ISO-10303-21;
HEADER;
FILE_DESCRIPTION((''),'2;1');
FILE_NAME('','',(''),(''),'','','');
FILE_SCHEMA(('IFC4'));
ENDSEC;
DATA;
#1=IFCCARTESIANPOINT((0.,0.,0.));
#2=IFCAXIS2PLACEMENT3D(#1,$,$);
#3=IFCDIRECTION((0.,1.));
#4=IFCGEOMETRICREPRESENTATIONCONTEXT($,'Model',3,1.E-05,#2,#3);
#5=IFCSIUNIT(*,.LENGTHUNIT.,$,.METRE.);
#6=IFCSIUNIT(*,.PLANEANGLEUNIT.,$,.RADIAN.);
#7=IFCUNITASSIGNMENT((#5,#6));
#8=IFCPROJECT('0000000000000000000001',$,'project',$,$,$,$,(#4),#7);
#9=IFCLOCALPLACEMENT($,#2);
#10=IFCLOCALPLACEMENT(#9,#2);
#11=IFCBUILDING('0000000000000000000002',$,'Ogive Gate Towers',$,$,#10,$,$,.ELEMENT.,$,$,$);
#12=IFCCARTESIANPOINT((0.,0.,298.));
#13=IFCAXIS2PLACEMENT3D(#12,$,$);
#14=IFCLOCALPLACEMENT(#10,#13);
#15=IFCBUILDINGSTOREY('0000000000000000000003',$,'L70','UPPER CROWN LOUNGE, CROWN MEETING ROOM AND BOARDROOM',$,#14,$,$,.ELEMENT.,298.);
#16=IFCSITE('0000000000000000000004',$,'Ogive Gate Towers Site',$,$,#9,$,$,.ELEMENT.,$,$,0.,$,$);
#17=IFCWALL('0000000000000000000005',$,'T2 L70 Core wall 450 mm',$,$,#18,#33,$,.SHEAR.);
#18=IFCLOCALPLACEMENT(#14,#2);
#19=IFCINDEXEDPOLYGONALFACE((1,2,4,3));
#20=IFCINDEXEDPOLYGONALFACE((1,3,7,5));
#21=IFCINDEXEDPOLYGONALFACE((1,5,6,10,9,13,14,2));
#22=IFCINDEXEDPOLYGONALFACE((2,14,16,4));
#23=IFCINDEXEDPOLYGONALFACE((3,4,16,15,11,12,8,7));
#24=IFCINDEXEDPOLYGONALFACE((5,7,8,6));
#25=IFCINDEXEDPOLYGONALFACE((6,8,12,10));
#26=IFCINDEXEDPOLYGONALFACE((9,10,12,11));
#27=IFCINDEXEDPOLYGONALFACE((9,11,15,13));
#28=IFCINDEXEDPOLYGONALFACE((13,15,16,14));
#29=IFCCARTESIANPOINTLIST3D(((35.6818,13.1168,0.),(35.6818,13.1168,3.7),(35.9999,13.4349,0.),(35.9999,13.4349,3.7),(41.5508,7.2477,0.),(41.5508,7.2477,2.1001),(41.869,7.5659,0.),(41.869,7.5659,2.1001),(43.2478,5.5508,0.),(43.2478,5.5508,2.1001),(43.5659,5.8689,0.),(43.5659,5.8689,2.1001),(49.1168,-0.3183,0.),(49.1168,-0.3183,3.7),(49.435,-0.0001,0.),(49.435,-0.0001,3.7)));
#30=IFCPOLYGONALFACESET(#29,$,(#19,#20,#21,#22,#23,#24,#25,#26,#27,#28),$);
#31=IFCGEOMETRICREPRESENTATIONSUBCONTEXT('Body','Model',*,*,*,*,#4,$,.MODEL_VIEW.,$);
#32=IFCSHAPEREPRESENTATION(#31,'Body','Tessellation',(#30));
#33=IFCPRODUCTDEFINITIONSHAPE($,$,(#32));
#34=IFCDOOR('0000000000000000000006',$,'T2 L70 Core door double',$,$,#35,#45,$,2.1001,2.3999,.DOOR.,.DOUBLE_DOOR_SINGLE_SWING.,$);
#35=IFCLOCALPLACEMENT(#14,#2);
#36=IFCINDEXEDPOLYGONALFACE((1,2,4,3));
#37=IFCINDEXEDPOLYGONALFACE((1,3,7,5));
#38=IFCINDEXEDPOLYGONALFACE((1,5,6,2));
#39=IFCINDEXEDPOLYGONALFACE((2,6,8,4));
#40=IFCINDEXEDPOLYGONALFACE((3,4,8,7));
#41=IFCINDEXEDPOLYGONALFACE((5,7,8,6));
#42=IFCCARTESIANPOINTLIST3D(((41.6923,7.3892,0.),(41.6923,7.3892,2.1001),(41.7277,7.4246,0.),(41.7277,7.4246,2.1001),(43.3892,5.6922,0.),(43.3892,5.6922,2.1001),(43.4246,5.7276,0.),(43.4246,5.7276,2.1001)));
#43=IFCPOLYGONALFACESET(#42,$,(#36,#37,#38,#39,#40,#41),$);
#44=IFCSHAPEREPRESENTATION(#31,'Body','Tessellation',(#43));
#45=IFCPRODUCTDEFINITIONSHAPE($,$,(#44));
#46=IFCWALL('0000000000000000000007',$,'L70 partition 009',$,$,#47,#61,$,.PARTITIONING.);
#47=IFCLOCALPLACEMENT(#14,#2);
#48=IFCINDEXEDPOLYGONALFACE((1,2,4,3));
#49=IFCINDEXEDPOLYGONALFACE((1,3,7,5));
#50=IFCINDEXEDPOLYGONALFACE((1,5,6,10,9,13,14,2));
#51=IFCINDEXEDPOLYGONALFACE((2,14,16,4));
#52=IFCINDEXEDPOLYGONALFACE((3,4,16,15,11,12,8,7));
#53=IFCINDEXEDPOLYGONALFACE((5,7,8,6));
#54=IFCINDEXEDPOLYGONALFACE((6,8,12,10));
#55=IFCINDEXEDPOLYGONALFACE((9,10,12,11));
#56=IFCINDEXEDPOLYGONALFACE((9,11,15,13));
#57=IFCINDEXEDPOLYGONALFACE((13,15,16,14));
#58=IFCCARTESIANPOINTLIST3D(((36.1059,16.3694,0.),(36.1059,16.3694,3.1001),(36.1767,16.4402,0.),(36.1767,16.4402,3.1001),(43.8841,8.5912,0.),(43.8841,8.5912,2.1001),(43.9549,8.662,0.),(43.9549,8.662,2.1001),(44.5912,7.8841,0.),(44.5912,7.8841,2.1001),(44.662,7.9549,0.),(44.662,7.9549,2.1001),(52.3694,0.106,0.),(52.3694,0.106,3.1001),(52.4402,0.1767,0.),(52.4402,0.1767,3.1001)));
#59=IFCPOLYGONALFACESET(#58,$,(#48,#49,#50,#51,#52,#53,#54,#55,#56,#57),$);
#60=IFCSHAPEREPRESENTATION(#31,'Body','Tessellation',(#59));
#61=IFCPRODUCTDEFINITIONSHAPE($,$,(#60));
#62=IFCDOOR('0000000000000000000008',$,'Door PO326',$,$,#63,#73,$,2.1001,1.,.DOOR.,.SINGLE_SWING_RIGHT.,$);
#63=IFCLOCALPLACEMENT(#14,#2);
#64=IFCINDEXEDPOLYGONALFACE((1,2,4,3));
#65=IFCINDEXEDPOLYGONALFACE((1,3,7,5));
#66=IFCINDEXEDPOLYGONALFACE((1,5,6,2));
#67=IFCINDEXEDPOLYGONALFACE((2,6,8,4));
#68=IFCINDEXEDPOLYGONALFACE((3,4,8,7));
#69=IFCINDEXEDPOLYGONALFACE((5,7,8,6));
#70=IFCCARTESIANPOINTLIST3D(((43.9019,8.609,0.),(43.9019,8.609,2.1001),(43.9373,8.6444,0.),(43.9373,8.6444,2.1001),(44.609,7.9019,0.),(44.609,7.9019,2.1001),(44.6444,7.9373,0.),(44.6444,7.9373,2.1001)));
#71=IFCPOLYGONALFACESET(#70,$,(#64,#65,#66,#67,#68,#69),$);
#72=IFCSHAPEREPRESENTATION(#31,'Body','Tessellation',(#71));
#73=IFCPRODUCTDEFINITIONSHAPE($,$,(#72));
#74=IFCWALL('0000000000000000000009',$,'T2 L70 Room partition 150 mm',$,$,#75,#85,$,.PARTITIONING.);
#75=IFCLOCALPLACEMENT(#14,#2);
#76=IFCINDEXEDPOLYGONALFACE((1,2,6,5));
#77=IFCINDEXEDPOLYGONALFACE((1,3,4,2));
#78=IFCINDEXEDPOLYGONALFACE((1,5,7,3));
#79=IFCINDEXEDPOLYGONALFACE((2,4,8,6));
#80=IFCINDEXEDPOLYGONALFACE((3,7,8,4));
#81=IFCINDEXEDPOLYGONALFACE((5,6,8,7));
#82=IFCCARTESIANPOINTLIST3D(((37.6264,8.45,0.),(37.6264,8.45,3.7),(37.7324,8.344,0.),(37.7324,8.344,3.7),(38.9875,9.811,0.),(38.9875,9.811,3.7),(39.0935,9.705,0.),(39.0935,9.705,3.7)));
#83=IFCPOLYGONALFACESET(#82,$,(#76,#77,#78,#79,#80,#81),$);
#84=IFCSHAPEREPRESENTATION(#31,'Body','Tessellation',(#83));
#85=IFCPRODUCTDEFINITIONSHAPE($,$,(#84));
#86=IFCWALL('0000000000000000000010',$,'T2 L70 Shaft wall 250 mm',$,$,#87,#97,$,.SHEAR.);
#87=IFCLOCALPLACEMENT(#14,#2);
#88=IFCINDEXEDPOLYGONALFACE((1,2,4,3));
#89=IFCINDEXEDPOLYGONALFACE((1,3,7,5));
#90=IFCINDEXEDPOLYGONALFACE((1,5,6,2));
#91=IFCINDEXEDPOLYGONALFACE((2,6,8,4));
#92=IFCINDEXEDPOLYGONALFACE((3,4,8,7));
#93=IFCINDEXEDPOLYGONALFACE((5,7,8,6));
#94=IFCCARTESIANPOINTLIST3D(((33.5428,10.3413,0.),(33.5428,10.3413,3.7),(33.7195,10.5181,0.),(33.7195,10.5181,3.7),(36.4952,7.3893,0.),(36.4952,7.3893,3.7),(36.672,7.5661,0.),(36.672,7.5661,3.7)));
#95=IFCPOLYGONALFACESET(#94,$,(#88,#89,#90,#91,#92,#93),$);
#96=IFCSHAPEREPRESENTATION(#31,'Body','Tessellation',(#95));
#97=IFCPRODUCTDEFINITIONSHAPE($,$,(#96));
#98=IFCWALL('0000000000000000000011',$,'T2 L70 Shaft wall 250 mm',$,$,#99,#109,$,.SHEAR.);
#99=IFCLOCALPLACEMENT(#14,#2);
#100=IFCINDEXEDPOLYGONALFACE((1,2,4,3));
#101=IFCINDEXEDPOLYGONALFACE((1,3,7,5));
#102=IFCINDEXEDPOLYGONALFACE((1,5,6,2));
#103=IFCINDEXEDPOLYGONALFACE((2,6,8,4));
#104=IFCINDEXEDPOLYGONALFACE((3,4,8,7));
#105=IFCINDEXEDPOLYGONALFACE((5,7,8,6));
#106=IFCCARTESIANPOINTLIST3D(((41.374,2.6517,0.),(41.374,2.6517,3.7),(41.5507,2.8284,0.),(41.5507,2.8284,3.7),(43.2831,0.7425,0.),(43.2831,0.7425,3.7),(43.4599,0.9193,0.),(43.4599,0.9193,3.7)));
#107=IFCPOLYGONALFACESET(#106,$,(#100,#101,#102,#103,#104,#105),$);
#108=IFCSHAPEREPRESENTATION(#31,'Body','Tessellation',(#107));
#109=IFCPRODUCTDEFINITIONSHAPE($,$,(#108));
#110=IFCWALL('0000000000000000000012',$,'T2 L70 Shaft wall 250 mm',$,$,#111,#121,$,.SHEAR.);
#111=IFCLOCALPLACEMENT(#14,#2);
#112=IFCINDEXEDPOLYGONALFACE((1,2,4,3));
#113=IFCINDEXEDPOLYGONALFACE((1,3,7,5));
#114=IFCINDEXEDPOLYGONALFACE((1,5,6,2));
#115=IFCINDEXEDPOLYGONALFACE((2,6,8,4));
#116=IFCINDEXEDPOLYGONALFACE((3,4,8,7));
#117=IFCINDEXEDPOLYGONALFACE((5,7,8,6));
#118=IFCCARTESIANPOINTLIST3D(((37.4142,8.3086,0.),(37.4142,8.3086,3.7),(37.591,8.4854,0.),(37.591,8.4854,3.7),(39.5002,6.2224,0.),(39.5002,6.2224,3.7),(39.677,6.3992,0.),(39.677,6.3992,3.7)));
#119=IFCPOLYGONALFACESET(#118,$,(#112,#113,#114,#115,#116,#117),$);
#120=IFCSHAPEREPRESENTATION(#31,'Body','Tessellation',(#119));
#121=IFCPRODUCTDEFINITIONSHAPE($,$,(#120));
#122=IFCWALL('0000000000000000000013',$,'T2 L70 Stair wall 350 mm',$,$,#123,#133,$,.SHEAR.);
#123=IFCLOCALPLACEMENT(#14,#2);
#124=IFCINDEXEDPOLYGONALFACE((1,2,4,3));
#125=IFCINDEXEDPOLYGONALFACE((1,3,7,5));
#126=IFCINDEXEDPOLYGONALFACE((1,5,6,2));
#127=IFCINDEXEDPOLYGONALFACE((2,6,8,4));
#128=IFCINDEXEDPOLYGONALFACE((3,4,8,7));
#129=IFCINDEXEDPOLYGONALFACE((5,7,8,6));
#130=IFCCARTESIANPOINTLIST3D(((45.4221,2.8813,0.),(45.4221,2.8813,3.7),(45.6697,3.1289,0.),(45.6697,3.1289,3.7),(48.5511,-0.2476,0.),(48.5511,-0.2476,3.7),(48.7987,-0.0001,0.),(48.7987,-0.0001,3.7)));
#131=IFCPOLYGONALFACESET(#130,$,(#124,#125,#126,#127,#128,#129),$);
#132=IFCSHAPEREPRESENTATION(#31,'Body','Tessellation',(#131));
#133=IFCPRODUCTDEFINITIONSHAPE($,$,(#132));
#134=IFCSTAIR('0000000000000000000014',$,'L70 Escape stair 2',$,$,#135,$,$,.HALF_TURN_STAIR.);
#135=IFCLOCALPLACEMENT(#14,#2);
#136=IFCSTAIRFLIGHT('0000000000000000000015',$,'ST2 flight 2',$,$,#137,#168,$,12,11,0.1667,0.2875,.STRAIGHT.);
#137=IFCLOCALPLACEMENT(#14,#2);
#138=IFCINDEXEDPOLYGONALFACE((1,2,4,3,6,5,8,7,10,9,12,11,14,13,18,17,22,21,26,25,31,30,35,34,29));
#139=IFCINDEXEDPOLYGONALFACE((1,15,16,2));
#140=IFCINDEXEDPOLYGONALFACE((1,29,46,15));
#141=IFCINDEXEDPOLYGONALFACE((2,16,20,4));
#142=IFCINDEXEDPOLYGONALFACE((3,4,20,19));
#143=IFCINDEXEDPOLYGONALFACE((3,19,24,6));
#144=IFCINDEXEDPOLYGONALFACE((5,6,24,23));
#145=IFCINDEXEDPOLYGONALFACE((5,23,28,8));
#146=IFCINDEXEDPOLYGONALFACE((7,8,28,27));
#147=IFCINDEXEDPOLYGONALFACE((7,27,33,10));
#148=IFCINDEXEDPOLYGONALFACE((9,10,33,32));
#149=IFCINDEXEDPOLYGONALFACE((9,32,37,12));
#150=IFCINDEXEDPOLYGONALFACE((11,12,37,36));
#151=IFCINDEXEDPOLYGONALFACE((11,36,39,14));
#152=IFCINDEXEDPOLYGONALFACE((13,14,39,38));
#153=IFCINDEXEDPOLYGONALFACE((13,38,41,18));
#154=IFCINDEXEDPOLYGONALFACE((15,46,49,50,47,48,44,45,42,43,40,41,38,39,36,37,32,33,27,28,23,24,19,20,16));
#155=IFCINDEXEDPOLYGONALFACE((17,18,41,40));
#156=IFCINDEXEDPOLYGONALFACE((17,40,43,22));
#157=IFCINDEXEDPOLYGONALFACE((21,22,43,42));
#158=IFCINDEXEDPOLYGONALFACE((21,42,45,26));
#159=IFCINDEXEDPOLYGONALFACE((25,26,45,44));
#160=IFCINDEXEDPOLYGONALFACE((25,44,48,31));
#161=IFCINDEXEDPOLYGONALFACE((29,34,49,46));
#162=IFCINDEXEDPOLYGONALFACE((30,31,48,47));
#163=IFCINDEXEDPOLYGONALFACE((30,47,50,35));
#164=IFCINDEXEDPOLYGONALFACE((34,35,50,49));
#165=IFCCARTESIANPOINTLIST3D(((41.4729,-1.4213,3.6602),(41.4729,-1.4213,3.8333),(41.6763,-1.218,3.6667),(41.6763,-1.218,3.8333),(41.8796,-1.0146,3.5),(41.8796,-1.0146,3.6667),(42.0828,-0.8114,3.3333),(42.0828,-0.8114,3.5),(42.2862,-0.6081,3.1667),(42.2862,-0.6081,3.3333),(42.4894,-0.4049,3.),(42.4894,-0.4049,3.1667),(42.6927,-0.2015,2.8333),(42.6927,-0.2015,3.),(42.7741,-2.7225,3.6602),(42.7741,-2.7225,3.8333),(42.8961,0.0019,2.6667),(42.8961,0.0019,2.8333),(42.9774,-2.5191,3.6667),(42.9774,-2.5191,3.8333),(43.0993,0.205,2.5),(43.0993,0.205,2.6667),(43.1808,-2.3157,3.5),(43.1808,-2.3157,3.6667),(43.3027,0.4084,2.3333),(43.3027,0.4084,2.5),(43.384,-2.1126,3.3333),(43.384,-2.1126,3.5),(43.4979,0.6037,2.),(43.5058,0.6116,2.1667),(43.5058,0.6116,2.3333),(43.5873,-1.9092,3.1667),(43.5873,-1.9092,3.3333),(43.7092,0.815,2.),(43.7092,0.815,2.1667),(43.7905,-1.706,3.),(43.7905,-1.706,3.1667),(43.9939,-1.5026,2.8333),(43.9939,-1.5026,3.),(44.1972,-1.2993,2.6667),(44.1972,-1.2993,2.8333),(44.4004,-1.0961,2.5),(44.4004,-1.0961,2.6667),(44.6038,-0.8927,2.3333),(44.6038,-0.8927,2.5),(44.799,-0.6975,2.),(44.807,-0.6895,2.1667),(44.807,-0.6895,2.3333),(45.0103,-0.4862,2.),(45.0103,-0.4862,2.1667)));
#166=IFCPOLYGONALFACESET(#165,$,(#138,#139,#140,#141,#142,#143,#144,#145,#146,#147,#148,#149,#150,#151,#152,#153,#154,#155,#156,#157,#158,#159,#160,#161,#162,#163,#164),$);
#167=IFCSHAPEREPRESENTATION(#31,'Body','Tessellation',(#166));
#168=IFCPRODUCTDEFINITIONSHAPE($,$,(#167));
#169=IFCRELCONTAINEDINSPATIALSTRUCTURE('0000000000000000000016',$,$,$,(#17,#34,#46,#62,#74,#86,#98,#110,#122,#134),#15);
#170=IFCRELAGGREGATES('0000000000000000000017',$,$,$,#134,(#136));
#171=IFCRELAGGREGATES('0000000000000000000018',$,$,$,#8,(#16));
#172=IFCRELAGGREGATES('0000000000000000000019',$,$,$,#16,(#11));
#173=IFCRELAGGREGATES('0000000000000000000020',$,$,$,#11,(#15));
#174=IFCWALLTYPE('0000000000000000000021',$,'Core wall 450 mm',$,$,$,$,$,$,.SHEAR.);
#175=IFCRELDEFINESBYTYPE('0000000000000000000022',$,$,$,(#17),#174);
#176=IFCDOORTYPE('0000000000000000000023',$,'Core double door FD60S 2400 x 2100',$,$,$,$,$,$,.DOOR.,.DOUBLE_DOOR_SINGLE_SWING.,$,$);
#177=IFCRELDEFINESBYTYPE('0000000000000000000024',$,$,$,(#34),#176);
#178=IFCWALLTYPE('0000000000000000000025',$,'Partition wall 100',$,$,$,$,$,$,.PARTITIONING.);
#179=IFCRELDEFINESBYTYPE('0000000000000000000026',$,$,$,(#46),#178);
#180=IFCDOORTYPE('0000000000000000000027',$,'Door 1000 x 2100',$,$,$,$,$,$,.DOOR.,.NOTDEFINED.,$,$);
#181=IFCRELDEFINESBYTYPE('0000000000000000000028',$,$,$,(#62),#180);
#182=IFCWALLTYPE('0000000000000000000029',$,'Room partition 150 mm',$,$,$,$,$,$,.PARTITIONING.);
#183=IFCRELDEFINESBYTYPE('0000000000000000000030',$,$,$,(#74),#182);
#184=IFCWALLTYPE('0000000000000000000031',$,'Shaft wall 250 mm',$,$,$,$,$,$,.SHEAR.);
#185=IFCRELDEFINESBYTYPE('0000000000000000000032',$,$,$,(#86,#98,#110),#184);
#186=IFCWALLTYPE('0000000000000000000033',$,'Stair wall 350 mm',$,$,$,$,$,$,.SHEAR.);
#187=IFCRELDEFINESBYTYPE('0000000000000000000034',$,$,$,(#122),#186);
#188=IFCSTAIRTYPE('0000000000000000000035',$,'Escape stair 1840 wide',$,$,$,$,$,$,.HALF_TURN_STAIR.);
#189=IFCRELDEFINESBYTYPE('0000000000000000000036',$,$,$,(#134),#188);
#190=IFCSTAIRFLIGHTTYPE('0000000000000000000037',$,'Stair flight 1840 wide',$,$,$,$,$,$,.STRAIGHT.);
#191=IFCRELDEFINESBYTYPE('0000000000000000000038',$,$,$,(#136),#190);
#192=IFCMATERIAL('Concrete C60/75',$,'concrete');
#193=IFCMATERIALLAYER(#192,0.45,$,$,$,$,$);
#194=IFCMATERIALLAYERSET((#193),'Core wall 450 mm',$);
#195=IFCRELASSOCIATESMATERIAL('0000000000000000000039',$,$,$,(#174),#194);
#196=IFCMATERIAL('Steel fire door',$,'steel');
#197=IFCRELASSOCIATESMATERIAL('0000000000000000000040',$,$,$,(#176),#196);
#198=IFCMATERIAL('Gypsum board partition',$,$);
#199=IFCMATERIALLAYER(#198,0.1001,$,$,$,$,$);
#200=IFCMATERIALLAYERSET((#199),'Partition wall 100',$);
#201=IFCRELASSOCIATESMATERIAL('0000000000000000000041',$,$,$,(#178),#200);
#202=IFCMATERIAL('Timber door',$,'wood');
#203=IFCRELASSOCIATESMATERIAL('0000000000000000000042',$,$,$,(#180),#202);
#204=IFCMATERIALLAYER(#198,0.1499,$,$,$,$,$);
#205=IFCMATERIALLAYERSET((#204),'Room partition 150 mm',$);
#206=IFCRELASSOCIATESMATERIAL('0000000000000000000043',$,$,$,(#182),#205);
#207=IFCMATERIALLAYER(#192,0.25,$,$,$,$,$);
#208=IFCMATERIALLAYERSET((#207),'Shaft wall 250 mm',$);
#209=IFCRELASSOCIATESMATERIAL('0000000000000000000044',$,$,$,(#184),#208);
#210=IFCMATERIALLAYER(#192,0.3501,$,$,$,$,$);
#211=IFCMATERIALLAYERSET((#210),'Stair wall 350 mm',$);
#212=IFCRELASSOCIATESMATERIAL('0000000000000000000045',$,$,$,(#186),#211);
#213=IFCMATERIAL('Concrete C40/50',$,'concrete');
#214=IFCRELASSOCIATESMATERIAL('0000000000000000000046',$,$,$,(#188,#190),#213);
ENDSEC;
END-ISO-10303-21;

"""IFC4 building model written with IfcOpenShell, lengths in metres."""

from ifc_helpers import new_model, si_unit, direction, frame, frame_2d, origin, place, context, subcontext, project, spatial, polyline, rectangle, outline, extrude, material, layer, layer_set, type_object, element, fill, aggregate, save


model = new_model("IFC4")

# Units and contexts
model_context = context("Model", 3, precision=1e-05, world=origin(), true_north=direction((0.0, 1.0)))
body_context = subcontext(model_context, "Body", "Model", "MODEL_VIEW")
ifc_project = project(units=[si_unit("LENGTHUNIT", "METRE"), si_unit("PLANEANGLEUNIT", "RADIAN")], contexts=[model_context])

# Site, building, storey
site_placement = place(None, origin())
site = spatial("IfcSite", under=ifc_project, at=site_placement, Name="Ogive Gate Towers Site", CompositionType="ELEMENT", RefElevation=0.0)
building_placement = place(site_placement, origin())
building = spatial("IfcBuilding", under=site, at=building_placement, Name="Ogive Gate Towers", CompositionType="ELEMENT")
storey_placement = place(building_placement, frame((0.0, 0.0, 298.0)))
storey = spatial("IfcBuildingStorey", under=building, at=storey_placement, Name="L70", Description="UPPER CROWN LOUNGE, CROWN MEETING ROOM AND BOARDROOM", CompositionType="ELEMENT", Elevation=298.0)

# Shared definitions
ifc_material_1 = material(Name="Concrete C40/50", Category="concrete")

# Walls, openings, doors
ifc_material_2 = material(Name="Concrete C60/75", Category="concrete")
ifc_layer_1 = layer(ifc_material_2, 0.45)
ifc_layer_set_1 = layer_set([ifc_layer_1], Name="Core wall 450 mm")
wall_type_1 = type_object("IfcWallType", Name="Core wall 450 mm", PredefinedType="SHEAR", material=ifc_layer_set_1)
wall_1_placement = place(storey_placement, frame((49.2759, -0.1592, 0.0), z_axis=(0.0, 0.0, 1.0), x_axis=(-0.707107, 0.707107, 0.0)))
wall_1 = element("IfcWall", 1, at=wall_1_placement, inside=storey, type_object=wall_type_1, Name="T2 L70 Core wall 450 mm", PredefinedType="SHEAR", context=body_context, shape_type="SweptSolid", body=[
    extrude(rectangle(XDim=19.0, YDim=0.45, at=frame_2d((9.5, 0.0))), origin(), (0.0, 0.0, 1.0), 3.7),
])
opening_1_placement = place(wall_1_placement, frame((8.3, 0.0, 0.0)))
opening_1 = element("IfcOpeningElement", 2, at=opening_1_placement, cuts=wall_1, PredefinedType="OPENING", context=body_context, shape_type="SweptSolid", body=[
    extrude(rectangle(XDim=2.3999, YDim=2.1001, at=frame_2d((1.2, 1.05))), frame((0.0, 0.2349, 0.0), z_axis=(0.0, -1.0, 0.0), x_axis=(1.0, 0.0, 0.0)), (0.0, 0.0, 1.0), 0.47),
])
ifc_material_3 = material(Name="Steel fire door", Category="steel")
door_type_1 = type_object("IfcDoorType", Name="Core double door FD60S 2400 x 2100", OperationType="DOUBLE_DOOR_SINGLE_SWING", PredefinedType="DOOR", material=ifc_material_3)
door_1_placement = place(opening_1_placement, origin())
door_1 = element("IfcDoor", 3, at=door_1_placement, inside=storey, type_object=door_type_1, Name="T2 L70 Core door double", OperationType="DOUBLE_DOOR_SINGLE_SWING", OverallHeight=2.1001, OverallWidth=2.3999, PredefinedType="DOOR", context=body_context, shape_type="SweptSolid", body=[
    extrude(rectangle(XDim=2.3999, YDim=2.1001, at=frame_2d((1.2, 1.05))), frame((0.0, 0.0249, 0.0), z_axis=(0.0, -1.0, 0.0), x_axis=(1.0, 0.0, 0.0)), (0.0, 0.0, 1.0), 0.05),
])
fill(opening_1, door_1)
ifc_material_4 = material(Name="Gypsum board partition")
ifc_layer_2 = layer(ifc_material_4, 0.1001)
ifc_layer_set_2 = layer_set([ifc_layer_2], Name="Partition wall 100")
wall_type_2 = type_object("IfcWallType", Name="Partition wall 100", PredefinedType="PARTITIONING", material=ifc_layer_set_2)
wall_2_placement = place(storey_placement, frame((52.4048, 0.1414, 0.0), z_axis=(0.0, 0.0, 1.0), x_axis=(-0.707107, 0.707107, 0.0)))
wall_2 = element("IfcWall", 4, at=wall_2_placement, inside=storey, type_object=wall_type_2, Name="L70 partition 009", PredefinedType="PARTITIONING", context=body_context, shape_type="SweptSolid", body=[
    extrude(rectangle(XDim=23.0, YDim=0.1001, at=frame_2d((11.5, 0.0))), origin(), (0.0, 0.0, 1.0), 3.1001),
])
opening_2_placement = place(wall_2_placement, frame((11.0, 0.0, 0.0)))
opening_2 = element("IfcOpeningElement", 5, at=opening_2_placement, cuts=wall_2, PredefinedType="OPENING", context=body_context, shape_type="SweptSolid", body=[
    extrude(rectangle(XDim=1.0, YDim=2.1001, at=frame_2d((0.5, 1.05))), frame((0.0, 0.0601, 0.0), z_axis=(0.0, -1.0, 0.0), x_axis=(1.0, 0.0, 0.0)), (0.0, 0.0, 1.0), 0.1201),
])
ifc_material_5 = material(Name="Timber door", Category="wood")
door_type_2 = type_object("IfcDoorType", Name="Door 1000 x 2100", OperationType="NOTDEFINED", PredefinedType="DOOR", material=ifc_material_5)
door_2_placement = place(opening_2_placement, origin())
door_2 = element("IfcDoor", 6, at=door_2_placement, inside=storey, type_object=door_type_2, Name="Door PO326", OperationType="SINGLE_SWING_RIGHT", OverallHeight=2.1001, OverallWidth=1.0, PredefinedType="DOOR", context=body_context, shape_type="SweptSolid", body=[
    extrude(rectangle(XDim=1.0, YDim=2.1001, at=frame_2d((0.5, 1.05))), frame((0.0, 0.0249, 0.0), z_axis=(0.0, -1.0, 0.0), x_axis=(1.0, 0.0, 0.0)), (0.0, 0.0, 1.0), 0.05),
])
fill(opening_2, door_2)

# Walls
ifc_layer_3 = layer(ifc_material_4, 0.1499)
ifc_layer_set_3 = layer_set([ifc_layer_3], Name="Room partition 150 mm")
wall_type_3 = type_object("IfcWallType", Name="Room partition 150 mm", PredefinedType="PARTITIONING", material=ifc_layer_set_3)
wall_3_placement = place(storey_placement, frame((37.6794, 8.397, 0.0), z_axis=(0.0, 0.0, 1.0), x_axis=(0.707107, 0.707107, 0.0)))
element("IfcWall", 7, at=wall_3_placement, inside=storey, type_object=wall_type_3, Name="T2 L70 Room partition 150 mm", PredefinedType="PARTITIONING", context=body_context, shape_type="SweptSolid", body=[
    extrude(rectangle(XDim=1.9248, YDim=0.1499, at=frame_2d((0.9624, 0.0))), origin(), (0.0, 0.0, 1.0), 3.7),
])
ifc_layer_4 = layer(ifc_material_2, 0.25)
ifc_layer_set_4 = layer_set([ifc_layer_4], Name="Shaft wall 250 mm")
wall_type_4 = type_object("IfcWallType", Name="Shaft wall 250 mm", PredefinedType="SHEAR", material=ifc_layer_set_4)
wall_4_placement = place(storey_placement, frame((36.5835, 7.4778, 0.0), z_axis=(0.0, 0.0, 1.0), x_axis=(-0.707165, 0.707048, 0.0)))
element("IfcWall", 8, at=wall_4_placement, inside=storey, type_object=wall_type_4, Name="T2 L70 Shaft wall 250 mm", PredefinedType="SHEAR", context=body_context, shape_type="SweptSolid", body=[
    extrude(rectangle(XDim=4.175, YDim=0.25, at=frame_2d((2.0874, 0.0))), origin(), (0.0, 0.0, 1.0), 3.7),
])
wall_5_placement = place(storey_placement, frame((43.3716, 0.8308, 0.0), z_axis=(0.0, 0.0, 1.0), x_axis=(-0.707107, 0.707107, 0.0)))
element("IfcWall", 9, at=wall_5_placement, inside=storey, type_object=wall_type_4, Name="T2 L70 Shaft wall 250 mm", PredefinedType="SHEAR", context=body_context, shape_type="SweptSolid", body=[
    extrude(rectangle(XDim=2.7, YDim=0.25, at=frame_2d((1.3501, 0.0))), origin(), (0.0, 0.0, 1.0), 3.7),
])
wall_6_placement = place(storey_placement, frame((39.5886, 6.3108, 0.0), z_axis=(0.0, 0.0, 1.0), x_axis=(-0.707065, 0.707148, 0.0)))
element("IfcWall", 10, at=wall_6_placement, inside=storey, type_object=wall_type_4, Name="T2 L70 Shaft wall 250 mm", PredefinedType="SHEAR", context=body_context, shape_type="SweptSolid", body=[
    extrude(rectangle(XDim=2.9502, YDim=0.25, at=frame_2d((1.4751, 0.0))), origin(), (0.0, 0.0, 1.0), 3.7),
])
ifc_layer_5 = layer(ifc_material_2, 0.3501)
ifc_layer_set_5 = layer_set([ifc_layer_5], Name="Stair wall 350 mm")
wall_type_5 = type_object("IfcWallType", Name="Stair wall 350 mm", PredefinedType="SHEAR", material=ifc_layer_set_5)
wall_7_placement = place(storey_placement, frame((48.6748, -0.1238, 0.0), z_axis=(0.0, 0.0, 1.0), x_axis=(-0.707107, 0.707107, 0.0)))
element("IfcWall", 11, at=wall_7_placement, inside=storey, type_object=wall_type_5, Name="T2 L70 Stair wall 350 mm", PredefinedType="SHEAR", context=body_context, shape_type="SweptSolid", body=[
    extrude(rectangle(XDim=4.425, YDim=0.3501, at=frame_2d((2.2124, 0.0))), origin(), (0.0, 0.0, 1.0), 3.7),
])

# Stair, stair flight
stair_type = type_object("IfcStairType", Name="Escape stair 1840 wide", PredefinedType="HALF_TURN_STAIR", material=ifc_material_1)
stair_placement = place(storey_placement, origin())
stair = element("IfcStair", 12, at=stair_placement, inside=storey, type_object=stair_type, Name="L70 Escape stair 2", PredefinedType="HALF_TURN_STAIR")
stair_flight_type = type_object("IfcStairFlightType", Name="Stair flight 1840 wide", PredefinedType="STRAIGHT", material=ifc_material_1)
stair_flight_placement = place(storey_placement, frame((44.3599, 0.1643, 2.0), z_axis=(0.0, 0.0, 1.0), x_axis=(-0.707107, -0.707107, 0.0)))
stair_flight = element("IfcStairFlight", 13, at=stair_flight_placement, type_object=stair_flight_type, Name="ST2 flight 2", NumberOfRisers=12, NumberOfTreads=11, PredefinedType="STRAIGHT", RiserHeight=0.1667, TreadLength=0.2875, context=body_context, shape_type="SweptSolid", body=[
    extrude(outline(polyline([(0.0, 0.0), (0.0, 0.1667), (0.2876, 0.1667), (0.2876, 0.3333), (0.575, 0.3333), (0.575, 0.5), (0.8625, 0.5), (0.8625, 0.6667), (1.1499, 0.6667), (1.1499, 0.8333), (1.4375, 0.8333), (1.4375, 1.0), (1.7251, 1.0), (1.7251, 1.1667), (2.0125, 1.1667), (2.0125, 1.3333), (2.3, 1.3333), (2.3, 1.5), (2.5874, 1.5), (2.5874, 1.6667), (2.875, 1.6667), (2.875, 1.8333), (3.1626, 1.8333), (3.1626, 2.0), (3.1626, 1.6602), (0.2988, 0.0), (0.0, 0.0)])), frame((0.0, 0.9199, 0.0), z_axis=(0.0, -1.0, 0.0), x_axis=(1.0, 0.0, 0.0)), (0.0, 0.0, 1.0), 1.8401),
])
aggregate(stair, [stair_flight])

save(model, "model.ifc")
